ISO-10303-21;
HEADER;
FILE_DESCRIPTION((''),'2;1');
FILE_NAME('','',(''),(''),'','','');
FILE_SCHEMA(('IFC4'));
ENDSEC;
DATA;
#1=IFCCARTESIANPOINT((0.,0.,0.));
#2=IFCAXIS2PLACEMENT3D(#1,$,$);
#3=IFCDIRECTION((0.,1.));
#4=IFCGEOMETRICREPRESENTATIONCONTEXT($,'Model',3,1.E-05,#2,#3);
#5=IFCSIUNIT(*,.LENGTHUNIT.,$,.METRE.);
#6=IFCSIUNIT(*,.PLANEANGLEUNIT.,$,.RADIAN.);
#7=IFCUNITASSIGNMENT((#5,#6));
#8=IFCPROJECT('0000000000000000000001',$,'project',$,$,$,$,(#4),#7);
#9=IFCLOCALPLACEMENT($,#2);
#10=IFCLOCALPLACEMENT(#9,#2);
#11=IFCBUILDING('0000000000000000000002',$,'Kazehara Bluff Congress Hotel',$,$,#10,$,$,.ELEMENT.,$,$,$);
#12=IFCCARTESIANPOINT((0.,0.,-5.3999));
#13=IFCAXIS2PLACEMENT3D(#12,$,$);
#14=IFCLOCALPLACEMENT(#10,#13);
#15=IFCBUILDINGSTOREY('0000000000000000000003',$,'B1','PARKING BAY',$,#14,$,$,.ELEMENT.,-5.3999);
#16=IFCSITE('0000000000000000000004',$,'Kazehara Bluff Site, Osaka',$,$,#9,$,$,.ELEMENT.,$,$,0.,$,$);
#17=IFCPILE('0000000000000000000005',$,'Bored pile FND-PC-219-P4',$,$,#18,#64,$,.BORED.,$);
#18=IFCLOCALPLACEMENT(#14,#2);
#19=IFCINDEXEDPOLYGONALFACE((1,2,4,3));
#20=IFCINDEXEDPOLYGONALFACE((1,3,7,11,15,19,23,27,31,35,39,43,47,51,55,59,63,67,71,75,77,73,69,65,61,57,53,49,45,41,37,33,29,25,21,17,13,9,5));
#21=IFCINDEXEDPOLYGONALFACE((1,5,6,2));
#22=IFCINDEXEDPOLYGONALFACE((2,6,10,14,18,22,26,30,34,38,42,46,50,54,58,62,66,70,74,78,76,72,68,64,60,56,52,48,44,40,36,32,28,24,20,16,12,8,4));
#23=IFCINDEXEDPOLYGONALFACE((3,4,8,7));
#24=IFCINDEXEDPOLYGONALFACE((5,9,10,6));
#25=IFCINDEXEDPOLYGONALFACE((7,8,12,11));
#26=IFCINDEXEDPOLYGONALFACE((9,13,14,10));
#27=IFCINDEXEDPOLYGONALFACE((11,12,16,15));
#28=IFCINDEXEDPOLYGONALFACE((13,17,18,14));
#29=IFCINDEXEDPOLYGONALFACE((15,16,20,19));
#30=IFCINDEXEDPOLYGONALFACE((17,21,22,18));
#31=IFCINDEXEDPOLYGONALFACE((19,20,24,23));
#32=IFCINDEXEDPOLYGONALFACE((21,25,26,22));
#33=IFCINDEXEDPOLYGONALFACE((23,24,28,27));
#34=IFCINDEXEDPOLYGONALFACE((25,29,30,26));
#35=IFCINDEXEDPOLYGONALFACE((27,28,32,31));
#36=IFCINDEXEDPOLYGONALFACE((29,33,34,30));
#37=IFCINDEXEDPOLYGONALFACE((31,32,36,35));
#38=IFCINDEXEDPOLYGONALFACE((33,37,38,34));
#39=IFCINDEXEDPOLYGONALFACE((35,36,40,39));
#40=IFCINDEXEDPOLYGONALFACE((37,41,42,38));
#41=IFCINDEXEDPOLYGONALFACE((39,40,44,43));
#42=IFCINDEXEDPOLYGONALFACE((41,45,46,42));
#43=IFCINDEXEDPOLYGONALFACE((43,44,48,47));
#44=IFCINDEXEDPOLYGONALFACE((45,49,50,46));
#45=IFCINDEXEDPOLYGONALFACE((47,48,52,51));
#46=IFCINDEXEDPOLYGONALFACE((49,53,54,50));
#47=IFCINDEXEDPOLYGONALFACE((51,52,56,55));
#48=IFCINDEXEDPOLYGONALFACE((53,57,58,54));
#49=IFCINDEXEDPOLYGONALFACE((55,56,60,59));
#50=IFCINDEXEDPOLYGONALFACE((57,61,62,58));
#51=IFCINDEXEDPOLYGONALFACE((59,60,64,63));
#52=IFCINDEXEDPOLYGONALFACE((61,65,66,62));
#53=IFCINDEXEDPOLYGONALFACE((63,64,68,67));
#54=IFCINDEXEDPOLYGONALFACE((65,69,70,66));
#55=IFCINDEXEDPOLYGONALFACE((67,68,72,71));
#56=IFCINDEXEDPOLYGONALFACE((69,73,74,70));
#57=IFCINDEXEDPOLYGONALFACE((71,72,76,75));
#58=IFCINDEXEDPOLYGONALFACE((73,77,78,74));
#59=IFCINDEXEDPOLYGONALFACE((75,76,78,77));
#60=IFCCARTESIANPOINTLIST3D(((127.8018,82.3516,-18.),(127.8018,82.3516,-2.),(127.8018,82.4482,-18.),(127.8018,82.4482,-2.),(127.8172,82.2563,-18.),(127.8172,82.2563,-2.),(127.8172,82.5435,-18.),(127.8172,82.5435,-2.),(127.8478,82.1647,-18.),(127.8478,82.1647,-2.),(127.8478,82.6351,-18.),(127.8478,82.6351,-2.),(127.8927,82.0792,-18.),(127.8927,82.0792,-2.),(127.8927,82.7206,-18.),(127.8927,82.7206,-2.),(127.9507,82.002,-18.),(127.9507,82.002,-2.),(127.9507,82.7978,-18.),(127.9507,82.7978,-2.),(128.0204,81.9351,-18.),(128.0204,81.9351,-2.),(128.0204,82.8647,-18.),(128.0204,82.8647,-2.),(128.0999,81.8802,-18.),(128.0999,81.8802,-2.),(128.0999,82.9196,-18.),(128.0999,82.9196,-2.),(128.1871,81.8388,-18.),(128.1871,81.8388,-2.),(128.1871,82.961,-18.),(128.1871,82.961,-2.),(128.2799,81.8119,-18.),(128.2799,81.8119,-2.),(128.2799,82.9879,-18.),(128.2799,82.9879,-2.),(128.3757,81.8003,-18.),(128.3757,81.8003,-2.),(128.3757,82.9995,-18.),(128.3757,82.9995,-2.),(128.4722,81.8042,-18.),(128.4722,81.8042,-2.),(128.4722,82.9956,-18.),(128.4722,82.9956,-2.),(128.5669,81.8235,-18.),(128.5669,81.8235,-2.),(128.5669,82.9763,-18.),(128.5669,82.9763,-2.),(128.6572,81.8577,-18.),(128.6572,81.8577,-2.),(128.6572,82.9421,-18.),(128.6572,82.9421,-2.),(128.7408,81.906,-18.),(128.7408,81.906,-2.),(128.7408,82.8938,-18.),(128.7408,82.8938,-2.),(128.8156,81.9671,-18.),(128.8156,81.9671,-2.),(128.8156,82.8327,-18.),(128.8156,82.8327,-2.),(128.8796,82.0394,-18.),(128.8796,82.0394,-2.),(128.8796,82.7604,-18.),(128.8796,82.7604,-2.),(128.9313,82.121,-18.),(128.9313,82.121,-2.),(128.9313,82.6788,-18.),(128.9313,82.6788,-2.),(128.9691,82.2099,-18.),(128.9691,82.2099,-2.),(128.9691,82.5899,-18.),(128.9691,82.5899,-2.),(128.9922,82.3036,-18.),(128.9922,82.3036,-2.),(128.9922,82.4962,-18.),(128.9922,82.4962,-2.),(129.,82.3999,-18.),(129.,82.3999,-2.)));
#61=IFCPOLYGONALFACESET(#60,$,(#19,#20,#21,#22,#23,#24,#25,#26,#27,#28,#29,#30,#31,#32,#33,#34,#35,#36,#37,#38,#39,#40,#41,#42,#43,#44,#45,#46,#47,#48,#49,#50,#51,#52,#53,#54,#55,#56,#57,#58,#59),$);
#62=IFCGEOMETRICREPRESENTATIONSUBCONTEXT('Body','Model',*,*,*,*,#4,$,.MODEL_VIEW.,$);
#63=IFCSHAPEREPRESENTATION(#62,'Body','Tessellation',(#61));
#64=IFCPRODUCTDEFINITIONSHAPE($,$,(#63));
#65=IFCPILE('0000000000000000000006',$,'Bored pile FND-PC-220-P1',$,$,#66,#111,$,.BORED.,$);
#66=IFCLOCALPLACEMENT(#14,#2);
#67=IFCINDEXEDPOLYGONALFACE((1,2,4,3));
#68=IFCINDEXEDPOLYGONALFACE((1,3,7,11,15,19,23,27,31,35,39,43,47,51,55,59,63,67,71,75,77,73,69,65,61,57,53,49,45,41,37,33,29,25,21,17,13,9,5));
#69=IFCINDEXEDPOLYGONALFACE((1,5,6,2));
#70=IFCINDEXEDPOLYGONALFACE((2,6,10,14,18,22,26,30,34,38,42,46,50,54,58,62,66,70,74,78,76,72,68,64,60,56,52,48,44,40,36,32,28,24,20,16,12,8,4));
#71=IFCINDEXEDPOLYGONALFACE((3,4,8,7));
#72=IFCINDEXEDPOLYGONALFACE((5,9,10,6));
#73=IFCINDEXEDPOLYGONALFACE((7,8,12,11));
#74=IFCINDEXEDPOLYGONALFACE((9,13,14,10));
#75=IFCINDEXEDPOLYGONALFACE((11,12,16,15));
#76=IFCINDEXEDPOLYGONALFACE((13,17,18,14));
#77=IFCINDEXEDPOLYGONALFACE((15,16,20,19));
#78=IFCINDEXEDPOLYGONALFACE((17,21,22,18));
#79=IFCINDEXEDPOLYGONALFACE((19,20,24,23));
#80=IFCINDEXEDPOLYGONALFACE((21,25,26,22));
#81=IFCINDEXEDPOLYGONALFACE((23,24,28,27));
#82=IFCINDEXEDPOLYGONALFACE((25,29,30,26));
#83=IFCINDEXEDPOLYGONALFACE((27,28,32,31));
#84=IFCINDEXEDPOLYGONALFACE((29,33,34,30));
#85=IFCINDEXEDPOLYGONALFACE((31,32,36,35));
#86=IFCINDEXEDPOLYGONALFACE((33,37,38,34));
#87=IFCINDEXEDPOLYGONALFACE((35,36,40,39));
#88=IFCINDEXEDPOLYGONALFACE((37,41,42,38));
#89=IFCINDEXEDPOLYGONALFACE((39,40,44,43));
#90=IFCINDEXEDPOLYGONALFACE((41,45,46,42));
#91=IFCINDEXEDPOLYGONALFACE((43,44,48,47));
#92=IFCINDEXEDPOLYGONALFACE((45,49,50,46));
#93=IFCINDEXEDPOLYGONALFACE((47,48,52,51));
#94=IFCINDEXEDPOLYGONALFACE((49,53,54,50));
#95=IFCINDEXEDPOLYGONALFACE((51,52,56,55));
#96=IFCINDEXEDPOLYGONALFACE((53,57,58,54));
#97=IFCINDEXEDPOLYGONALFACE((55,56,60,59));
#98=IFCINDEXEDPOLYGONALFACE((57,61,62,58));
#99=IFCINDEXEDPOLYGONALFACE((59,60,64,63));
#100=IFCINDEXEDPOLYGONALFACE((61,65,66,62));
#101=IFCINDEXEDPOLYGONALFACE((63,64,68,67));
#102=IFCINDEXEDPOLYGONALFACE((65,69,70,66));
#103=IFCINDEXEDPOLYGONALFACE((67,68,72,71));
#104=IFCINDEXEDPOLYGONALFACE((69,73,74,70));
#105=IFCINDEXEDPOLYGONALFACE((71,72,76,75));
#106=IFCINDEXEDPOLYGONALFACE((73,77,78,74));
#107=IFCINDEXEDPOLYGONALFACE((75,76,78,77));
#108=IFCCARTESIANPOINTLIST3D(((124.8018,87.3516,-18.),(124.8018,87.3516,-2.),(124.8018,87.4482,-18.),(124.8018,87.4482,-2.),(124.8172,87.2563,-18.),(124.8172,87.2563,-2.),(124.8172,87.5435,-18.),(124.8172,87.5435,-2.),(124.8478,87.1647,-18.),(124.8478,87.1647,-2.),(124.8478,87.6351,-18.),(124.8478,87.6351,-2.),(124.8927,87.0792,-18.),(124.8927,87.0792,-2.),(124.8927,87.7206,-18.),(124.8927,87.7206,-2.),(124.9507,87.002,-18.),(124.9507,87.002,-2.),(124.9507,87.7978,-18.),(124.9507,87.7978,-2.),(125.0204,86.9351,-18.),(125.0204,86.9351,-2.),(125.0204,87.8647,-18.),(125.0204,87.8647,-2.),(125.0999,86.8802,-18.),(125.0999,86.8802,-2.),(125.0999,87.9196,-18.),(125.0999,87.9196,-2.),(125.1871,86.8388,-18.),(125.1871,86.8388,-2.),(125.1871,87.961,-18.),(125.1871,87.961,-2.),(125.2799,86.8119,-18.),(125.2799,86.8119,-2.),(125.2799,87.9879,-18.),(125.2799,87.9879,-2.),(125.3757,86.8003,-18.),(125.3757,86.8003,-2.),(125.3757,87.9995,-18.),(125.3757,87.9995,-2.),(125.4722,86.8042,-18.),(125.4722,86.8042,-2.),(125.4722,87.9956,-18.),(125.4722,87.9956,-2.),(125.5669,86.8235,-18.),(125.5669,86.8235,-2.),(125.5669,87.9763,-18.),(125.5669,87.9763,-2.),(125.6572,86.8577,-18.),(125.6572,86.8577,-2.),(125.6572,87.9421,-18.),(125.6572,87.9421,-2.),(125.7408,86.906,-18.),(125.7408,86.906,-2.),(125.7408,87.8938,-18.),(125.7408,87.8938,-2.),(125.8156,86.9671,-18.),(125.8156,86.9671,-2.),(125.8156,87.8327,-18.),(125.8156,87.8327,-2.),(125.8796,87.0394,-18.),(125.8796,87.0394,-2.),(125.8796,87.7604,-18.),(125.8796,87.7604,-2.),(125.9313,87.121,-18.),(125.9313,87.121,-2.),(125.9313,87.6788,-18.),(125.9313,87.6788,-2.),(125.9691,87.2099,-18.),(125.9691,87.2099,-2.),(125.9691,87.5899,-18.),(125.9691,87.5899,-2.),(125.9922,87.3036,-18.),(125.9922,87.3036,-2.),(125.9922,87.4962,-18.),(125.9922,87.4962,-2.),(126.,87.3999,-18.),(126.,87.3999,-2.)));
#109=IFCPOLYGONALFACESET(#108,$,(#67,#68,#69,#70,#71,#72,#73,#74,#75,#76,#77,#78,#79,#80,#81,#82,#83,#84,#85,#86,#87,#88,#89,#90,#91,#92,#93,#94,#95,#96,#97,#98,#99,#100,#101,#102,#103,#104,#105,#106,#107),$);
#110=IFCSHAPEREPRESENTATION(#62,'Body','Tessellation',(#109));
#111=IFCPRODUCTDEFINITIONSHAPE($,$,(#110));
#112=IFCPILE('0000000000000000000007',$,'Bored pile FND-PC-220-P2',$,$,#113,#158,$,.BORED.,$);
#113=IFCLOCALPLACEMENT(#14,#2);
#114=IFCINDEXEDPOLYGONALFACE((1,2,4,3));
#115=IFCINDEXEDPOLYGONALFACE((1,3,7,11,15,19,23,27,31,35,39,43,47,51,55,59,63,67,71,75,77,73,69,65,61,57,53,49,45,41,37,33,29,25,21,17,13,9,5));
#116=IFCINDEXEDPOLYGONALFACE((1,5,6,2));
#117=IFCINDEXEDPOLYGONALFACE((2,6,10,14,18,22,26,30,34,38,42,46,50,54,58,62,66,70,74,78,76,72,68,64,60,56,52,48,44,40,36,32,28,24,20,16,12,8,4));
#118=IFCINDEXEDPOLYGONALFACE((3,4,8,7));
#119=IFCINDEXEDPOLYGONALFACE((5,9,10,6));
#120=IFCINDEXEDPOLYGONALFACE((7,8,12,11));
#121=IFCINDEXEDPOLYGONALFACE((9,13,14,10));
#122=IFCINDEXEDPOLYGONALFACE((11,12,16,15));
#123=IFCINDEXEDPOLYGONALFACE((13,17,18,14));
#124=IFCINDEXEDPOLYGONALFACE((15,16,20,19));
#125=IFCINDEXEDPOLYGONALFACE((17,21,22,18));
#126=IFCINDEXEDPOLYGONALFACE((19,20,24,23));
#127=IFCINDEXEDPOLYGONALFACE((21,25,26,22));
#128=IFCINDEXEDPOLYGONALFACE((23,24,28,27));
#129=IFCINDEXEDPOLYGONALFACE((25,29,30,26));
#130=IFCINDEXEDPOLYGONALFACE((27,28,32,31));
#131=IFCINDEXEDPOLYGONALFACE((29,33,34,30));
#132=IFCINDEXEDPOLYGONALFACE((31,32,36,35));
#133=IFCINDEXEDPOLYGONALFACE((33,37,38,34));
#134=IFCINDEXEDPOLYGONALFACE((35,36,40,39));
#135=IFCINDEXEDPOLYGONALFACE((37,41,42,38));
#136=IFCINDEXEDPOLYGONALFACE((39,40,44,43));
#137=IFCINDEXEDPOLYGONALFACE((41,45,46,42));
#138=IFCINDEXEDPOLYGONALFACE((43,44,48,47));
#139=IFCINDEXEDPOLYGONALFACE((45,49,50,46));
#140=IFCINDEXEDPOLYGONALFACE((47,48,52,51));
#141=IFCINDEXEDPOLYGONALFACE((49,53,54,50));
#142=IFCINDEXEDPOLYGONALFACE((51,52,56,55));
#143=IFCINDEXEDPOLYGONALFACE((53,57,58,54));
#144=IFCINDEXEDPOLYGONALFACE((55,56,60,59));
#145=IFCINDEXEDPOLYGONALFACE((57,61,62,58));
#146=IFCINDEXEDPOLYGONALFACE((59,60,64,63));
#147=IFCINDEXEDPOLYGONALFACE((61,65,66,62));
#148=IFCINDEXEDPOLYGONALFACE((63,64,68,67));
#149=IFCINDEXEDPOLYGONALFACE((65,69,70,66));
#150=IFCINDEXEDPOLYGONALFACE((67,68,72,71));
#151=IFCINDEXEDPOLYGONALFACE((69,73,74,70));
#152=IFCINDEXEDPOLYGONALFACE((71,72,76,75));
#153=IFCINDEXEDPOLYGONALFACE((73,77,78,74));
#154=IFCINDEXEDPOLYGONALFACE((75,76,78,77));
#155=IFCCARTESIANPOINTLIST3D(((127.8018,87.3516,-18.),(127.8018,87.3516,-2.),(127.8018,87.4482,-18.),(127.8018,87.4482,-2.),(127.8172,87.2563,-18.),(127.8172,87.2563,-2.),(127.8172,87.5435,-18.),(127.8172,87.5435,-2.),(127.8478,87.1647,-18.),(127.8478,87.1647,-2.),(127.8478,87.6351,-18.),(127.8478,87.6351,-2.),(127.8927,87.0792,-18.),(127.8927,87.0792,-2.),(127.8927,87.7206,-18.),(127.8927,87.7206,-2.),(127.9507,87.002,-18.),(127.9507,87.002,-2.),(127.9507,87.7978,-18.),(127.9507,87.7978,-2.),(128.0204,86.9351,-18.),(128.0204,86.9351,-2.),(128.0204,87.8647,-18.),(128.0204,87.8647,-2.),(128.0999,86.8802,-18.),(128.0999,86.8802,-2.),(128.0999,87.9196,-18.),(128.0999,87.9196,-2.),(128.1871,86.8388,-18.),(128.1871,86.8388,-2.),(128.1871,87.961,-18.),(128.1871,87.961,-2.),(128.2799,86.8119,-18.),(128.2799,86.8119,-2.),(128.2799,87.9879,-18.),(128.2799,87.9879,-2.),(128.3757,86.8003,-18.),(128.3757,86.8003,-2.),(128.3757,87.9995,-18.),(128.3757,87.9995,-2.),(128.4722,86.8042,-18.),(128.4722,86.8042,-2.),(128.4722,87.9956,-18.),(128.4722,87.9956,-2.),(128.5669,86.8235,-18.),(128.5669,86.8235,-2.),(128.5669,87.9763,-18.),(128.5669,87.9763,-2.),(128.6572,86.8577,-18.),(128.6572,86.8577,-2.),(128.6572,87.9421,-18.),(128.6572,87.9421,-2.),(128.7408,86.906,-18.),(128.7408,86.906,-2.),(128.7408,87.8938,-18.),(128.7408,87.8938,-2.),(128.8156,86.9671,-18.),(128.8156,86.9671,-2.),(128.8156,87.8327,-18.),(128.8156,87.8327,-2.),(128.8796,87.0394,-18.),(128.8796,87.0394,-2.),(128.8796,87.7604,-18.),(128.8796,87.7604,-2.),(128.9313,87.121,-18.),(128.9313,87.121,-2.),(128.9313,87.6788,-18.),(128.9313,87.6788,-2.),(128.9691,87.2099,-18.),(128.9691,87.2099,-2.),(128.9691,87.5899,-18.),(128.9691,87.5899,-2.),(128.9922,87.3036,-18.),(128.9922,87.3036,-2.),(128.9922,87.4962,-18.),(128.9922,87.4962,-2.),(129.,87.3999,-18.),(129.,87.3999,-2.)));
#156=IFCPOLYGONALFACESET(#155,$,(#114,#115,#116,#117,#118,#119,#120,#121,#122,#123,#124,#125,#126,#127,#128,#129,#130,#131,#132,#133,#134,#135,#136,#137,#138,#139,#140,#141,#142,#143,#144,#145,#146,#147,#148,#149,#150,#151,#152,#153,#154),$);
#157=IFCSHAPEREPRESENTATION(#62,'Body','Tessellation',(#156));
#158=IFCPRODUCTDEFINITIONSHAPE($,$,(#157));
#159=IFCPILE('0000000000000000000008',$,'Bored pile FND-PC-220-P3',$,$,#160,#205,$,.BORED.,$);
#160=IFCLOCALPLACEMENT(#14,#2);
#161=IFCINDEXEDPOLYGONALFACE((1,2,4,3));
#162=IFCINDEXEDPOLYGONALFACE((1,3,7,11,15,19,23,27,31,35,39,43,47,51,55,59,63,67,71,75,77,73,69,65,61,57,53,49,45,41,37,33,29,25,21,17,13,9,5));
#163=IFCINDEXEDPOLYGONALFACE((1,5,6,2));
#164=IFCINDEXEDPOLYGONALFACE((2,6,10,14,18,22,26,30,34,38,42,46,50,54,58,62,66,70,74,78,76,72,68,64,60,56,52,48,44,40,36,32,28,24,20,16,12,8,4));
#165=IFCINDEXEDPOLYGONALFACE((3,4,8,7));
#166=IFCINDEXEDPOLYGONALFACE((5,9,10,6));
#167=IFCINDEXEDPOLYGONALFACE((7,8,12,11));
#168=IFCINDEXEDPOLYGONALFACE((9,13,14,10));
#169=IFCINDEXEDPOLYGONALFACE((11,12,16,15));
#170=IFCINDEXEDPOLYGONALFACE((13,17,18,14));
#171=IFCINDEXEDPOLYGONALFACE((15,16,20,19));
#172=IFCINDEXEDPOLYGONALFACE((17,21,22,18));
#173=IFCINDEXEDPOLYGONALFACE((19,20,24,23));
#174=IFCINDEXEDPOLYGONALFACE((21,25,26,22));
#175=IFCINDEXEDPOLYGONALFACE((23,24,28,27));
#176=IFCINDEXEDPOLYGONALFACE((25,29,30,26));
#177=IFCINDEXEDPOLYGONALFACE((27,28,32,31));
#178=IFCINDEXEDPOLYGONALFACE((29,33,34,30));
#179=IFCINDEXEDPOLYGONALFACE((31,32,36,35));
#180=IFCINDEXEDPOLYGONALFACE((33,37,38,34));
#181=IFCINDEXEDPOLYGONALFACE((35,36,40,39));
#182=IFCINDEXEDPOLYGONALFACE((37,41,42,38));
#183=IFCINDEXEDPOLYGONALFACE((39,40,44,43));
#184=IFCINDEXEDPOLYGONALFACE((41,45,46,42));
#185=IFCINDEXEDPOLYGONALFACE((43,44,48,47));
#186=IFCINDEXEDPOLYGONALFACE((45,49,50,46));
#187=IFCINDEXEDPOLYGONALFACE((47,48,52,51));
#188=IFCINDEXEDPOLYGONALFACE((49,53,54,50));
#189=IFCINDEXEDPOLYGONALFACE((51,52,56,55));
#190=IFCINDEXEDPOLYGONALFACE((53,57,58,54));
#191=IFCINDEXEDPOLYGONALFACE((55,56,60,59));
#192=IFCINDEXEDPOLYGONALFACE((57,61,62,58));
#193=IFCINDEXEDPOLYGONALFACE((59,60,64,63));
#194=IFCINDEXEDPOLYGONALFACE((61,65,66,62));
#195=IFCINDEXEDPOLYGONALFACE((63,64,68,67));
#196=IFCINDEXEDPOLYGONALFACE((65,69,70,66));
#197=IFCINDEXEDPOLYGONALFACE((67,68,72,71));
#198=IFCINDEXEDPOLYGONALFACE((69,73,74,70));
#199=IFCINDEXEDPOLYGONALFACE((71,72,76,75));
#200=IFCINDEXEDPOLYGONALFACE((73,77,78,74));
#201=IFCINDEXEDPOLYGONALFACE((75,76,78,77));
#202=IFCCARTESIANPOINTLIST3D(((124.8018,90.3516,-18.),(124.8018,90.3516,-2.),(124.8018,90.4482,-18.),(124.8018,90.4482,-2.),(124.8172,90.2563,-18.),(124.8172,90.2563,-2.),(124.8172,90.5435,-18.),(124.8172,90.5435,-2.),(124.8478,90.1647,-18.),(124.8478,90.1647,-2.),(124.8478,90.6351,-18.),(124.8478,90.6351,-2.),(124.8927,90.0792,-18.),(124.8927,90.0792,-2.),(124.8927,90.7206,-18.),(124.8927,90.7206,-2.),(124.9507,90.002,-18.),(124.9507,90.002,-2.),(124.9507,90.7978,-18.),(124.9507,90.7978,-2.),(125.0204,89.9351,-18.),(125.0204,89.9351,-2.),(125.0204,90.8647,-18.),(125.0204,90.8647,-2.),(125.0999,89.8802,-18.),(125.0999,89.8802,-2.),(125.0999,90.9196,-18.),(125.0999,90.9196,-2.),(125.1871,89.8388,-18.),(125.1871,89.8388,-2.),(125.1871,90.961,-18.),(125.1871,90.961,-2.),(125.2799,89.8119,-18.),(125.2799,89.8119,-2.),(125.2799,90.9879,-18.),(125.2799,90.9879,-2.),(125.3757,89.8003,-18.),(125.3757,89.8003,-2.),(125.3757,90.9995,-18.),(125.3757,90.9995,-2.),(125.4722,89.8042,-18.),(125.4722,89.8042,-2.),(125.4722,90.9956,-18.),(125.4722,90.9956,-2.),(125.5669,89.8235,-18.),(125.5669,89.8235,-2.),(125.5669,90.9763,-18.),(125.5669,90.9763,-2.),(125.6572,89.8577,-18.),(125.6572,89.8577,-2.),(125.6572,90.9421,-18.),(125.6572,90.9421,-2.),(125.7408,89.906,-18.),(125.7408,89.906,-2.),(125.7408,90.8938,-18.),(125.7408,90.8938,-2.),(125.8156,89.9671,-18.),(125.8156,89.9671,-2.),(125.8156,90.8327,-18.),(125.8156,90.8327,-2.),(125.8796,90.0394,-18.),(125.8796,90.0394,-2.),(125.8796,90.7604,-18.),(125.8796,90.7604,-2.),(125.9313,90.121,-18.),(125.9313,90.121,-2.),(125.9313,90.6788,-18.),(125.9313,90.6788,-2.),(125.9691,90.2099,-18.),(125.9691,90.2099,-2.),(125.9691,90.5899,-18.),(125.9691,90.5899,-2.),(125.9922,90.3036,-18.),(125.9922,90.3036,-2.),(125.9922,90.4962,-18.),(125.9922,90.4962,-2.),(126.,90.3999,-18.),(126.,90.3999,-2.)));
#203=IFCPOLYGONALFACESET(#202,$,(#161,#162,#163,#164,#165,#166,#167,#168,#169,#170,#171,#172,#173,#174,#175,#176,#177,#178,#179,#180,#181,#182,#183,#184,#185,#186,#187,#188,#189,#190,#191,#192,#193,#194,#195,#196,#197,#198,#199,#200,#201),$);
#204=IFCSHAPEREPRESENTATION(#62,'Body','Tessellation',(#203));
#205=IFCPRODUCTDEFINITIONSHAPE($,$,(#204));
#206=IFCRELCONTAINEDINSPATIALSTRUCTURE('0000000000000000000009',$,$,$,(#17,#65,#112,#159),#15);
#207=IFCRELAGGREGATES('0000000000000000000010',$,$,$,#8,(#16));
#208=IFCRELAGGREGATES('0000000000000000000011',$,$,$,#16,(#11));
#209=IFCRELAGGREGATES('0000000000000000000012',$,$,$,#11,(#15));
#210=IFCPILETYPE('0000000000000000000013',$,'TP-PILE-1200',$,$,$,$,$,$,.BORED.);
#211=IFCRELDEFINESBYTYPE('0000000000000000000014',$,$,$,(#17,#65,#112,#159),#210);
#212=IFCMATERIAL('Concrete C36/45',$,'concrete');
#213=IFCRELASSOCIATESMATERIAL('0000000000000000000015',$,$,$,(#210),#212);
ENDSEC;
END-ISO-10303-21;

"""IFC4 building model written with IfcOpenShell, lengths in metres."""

from ifc_helpers import new_model, si_unit, direction, frame, origin, origin_2d, place, context, subcontext, project, spatial, circle, extrude, material, material_profile, profile_set, type_object, element, save


model = new_model("IFC4")

# Units and contexts
model_context = context("Model", 3, precision=1e-05, world=origin(), true_north=direction((0.0, 1.0)))
body_context = subcontext(model_context, "Body", "Model", "MODEL_VIEW")
ifc_project = project(units=[si_unit("LENGTHUNIT", "METRE"), si_unit("PLANEANGLEUNIT", "RADIAN")], contexts=[model_context])

# Site, building, storey
site_placement = place(None, origin())
site = spatial("IfcSite", under=ifc_project, at=site_placement, Name="Kazehara Bluff Site, Osaka", CompositionType="ELEMENT", RefElevation=0.0)
building_placement = place(site_placement, origin())
building = spatial("IfcBuilding", under=site, at=building_placement, Name="Kazehara Bluff Congress Hotel", CompositionType="ELEMENT")
storey_placement = place(building_placement, frame((0.0, 0.0, -5.3999)))
storey = spatial("IfcBuildingStorey", under=building, at=storey_placement, Name="B1", Description="PARKING BAY", CompositionType="ELEMENT", Elevation=-5.3999)

# Piles
ifc_material_1 = material(Name="Concrete C36/45", Category="concrete")
ifc_material_profile_1 = material_profile(ifc_material_1, circle(Radius=0.6001, at=origin_2d()))
ifc_profile_set_1 = profile_set([ifc_material_profile_1], Name="Concrete C36/45")
pile_type = type_object("IfcPileType", Name="TP-PILE-1200", PredefinedType="BORED", material=ifc_profile_set_1)
for number, where, z_axis, x_axis, name in (
    (1, (128.3999, 82.3999, -2.0), (0.0, 0.0, -1.0), (1.0, 0.0, 0.0), "Bored pile FND-PC-219-P4"),
    (2, (125.3999, 87.3999, -2.0), (0.0, 0.0, -1.0), (1.0, 0.0, 0.0), "Bored pile FND-PC-220-P1"),
    (3, (128.3999, 87.3999, -2.0), (0.0, 0.0, -1.0), (1.0, 0.0, 0.0), "Bored pile FND-PC-220-P2"),
    (4, (125.3999, 90.3999, -2.0), (0.0, 0.0, -1.0), (1.0, 0.0, 0.0), "Bored pile FND-PC-220-P3"),
):
    element("IfcPile", number, at=place(storey_placement, frame(where, z_axis=z_axis, x_axis=x_axis)), inside=storey, type_object=pile_type, Name=name, PredefinedType="BORED", context=body_context, shape_type="SweptSolid", body=[
        extrude(circle(Radius=0.6001, at=origin_2d()), origin(), (0.0, 0.0, 1.0), 16.0),
    ])

save(model, "model.ifc")
